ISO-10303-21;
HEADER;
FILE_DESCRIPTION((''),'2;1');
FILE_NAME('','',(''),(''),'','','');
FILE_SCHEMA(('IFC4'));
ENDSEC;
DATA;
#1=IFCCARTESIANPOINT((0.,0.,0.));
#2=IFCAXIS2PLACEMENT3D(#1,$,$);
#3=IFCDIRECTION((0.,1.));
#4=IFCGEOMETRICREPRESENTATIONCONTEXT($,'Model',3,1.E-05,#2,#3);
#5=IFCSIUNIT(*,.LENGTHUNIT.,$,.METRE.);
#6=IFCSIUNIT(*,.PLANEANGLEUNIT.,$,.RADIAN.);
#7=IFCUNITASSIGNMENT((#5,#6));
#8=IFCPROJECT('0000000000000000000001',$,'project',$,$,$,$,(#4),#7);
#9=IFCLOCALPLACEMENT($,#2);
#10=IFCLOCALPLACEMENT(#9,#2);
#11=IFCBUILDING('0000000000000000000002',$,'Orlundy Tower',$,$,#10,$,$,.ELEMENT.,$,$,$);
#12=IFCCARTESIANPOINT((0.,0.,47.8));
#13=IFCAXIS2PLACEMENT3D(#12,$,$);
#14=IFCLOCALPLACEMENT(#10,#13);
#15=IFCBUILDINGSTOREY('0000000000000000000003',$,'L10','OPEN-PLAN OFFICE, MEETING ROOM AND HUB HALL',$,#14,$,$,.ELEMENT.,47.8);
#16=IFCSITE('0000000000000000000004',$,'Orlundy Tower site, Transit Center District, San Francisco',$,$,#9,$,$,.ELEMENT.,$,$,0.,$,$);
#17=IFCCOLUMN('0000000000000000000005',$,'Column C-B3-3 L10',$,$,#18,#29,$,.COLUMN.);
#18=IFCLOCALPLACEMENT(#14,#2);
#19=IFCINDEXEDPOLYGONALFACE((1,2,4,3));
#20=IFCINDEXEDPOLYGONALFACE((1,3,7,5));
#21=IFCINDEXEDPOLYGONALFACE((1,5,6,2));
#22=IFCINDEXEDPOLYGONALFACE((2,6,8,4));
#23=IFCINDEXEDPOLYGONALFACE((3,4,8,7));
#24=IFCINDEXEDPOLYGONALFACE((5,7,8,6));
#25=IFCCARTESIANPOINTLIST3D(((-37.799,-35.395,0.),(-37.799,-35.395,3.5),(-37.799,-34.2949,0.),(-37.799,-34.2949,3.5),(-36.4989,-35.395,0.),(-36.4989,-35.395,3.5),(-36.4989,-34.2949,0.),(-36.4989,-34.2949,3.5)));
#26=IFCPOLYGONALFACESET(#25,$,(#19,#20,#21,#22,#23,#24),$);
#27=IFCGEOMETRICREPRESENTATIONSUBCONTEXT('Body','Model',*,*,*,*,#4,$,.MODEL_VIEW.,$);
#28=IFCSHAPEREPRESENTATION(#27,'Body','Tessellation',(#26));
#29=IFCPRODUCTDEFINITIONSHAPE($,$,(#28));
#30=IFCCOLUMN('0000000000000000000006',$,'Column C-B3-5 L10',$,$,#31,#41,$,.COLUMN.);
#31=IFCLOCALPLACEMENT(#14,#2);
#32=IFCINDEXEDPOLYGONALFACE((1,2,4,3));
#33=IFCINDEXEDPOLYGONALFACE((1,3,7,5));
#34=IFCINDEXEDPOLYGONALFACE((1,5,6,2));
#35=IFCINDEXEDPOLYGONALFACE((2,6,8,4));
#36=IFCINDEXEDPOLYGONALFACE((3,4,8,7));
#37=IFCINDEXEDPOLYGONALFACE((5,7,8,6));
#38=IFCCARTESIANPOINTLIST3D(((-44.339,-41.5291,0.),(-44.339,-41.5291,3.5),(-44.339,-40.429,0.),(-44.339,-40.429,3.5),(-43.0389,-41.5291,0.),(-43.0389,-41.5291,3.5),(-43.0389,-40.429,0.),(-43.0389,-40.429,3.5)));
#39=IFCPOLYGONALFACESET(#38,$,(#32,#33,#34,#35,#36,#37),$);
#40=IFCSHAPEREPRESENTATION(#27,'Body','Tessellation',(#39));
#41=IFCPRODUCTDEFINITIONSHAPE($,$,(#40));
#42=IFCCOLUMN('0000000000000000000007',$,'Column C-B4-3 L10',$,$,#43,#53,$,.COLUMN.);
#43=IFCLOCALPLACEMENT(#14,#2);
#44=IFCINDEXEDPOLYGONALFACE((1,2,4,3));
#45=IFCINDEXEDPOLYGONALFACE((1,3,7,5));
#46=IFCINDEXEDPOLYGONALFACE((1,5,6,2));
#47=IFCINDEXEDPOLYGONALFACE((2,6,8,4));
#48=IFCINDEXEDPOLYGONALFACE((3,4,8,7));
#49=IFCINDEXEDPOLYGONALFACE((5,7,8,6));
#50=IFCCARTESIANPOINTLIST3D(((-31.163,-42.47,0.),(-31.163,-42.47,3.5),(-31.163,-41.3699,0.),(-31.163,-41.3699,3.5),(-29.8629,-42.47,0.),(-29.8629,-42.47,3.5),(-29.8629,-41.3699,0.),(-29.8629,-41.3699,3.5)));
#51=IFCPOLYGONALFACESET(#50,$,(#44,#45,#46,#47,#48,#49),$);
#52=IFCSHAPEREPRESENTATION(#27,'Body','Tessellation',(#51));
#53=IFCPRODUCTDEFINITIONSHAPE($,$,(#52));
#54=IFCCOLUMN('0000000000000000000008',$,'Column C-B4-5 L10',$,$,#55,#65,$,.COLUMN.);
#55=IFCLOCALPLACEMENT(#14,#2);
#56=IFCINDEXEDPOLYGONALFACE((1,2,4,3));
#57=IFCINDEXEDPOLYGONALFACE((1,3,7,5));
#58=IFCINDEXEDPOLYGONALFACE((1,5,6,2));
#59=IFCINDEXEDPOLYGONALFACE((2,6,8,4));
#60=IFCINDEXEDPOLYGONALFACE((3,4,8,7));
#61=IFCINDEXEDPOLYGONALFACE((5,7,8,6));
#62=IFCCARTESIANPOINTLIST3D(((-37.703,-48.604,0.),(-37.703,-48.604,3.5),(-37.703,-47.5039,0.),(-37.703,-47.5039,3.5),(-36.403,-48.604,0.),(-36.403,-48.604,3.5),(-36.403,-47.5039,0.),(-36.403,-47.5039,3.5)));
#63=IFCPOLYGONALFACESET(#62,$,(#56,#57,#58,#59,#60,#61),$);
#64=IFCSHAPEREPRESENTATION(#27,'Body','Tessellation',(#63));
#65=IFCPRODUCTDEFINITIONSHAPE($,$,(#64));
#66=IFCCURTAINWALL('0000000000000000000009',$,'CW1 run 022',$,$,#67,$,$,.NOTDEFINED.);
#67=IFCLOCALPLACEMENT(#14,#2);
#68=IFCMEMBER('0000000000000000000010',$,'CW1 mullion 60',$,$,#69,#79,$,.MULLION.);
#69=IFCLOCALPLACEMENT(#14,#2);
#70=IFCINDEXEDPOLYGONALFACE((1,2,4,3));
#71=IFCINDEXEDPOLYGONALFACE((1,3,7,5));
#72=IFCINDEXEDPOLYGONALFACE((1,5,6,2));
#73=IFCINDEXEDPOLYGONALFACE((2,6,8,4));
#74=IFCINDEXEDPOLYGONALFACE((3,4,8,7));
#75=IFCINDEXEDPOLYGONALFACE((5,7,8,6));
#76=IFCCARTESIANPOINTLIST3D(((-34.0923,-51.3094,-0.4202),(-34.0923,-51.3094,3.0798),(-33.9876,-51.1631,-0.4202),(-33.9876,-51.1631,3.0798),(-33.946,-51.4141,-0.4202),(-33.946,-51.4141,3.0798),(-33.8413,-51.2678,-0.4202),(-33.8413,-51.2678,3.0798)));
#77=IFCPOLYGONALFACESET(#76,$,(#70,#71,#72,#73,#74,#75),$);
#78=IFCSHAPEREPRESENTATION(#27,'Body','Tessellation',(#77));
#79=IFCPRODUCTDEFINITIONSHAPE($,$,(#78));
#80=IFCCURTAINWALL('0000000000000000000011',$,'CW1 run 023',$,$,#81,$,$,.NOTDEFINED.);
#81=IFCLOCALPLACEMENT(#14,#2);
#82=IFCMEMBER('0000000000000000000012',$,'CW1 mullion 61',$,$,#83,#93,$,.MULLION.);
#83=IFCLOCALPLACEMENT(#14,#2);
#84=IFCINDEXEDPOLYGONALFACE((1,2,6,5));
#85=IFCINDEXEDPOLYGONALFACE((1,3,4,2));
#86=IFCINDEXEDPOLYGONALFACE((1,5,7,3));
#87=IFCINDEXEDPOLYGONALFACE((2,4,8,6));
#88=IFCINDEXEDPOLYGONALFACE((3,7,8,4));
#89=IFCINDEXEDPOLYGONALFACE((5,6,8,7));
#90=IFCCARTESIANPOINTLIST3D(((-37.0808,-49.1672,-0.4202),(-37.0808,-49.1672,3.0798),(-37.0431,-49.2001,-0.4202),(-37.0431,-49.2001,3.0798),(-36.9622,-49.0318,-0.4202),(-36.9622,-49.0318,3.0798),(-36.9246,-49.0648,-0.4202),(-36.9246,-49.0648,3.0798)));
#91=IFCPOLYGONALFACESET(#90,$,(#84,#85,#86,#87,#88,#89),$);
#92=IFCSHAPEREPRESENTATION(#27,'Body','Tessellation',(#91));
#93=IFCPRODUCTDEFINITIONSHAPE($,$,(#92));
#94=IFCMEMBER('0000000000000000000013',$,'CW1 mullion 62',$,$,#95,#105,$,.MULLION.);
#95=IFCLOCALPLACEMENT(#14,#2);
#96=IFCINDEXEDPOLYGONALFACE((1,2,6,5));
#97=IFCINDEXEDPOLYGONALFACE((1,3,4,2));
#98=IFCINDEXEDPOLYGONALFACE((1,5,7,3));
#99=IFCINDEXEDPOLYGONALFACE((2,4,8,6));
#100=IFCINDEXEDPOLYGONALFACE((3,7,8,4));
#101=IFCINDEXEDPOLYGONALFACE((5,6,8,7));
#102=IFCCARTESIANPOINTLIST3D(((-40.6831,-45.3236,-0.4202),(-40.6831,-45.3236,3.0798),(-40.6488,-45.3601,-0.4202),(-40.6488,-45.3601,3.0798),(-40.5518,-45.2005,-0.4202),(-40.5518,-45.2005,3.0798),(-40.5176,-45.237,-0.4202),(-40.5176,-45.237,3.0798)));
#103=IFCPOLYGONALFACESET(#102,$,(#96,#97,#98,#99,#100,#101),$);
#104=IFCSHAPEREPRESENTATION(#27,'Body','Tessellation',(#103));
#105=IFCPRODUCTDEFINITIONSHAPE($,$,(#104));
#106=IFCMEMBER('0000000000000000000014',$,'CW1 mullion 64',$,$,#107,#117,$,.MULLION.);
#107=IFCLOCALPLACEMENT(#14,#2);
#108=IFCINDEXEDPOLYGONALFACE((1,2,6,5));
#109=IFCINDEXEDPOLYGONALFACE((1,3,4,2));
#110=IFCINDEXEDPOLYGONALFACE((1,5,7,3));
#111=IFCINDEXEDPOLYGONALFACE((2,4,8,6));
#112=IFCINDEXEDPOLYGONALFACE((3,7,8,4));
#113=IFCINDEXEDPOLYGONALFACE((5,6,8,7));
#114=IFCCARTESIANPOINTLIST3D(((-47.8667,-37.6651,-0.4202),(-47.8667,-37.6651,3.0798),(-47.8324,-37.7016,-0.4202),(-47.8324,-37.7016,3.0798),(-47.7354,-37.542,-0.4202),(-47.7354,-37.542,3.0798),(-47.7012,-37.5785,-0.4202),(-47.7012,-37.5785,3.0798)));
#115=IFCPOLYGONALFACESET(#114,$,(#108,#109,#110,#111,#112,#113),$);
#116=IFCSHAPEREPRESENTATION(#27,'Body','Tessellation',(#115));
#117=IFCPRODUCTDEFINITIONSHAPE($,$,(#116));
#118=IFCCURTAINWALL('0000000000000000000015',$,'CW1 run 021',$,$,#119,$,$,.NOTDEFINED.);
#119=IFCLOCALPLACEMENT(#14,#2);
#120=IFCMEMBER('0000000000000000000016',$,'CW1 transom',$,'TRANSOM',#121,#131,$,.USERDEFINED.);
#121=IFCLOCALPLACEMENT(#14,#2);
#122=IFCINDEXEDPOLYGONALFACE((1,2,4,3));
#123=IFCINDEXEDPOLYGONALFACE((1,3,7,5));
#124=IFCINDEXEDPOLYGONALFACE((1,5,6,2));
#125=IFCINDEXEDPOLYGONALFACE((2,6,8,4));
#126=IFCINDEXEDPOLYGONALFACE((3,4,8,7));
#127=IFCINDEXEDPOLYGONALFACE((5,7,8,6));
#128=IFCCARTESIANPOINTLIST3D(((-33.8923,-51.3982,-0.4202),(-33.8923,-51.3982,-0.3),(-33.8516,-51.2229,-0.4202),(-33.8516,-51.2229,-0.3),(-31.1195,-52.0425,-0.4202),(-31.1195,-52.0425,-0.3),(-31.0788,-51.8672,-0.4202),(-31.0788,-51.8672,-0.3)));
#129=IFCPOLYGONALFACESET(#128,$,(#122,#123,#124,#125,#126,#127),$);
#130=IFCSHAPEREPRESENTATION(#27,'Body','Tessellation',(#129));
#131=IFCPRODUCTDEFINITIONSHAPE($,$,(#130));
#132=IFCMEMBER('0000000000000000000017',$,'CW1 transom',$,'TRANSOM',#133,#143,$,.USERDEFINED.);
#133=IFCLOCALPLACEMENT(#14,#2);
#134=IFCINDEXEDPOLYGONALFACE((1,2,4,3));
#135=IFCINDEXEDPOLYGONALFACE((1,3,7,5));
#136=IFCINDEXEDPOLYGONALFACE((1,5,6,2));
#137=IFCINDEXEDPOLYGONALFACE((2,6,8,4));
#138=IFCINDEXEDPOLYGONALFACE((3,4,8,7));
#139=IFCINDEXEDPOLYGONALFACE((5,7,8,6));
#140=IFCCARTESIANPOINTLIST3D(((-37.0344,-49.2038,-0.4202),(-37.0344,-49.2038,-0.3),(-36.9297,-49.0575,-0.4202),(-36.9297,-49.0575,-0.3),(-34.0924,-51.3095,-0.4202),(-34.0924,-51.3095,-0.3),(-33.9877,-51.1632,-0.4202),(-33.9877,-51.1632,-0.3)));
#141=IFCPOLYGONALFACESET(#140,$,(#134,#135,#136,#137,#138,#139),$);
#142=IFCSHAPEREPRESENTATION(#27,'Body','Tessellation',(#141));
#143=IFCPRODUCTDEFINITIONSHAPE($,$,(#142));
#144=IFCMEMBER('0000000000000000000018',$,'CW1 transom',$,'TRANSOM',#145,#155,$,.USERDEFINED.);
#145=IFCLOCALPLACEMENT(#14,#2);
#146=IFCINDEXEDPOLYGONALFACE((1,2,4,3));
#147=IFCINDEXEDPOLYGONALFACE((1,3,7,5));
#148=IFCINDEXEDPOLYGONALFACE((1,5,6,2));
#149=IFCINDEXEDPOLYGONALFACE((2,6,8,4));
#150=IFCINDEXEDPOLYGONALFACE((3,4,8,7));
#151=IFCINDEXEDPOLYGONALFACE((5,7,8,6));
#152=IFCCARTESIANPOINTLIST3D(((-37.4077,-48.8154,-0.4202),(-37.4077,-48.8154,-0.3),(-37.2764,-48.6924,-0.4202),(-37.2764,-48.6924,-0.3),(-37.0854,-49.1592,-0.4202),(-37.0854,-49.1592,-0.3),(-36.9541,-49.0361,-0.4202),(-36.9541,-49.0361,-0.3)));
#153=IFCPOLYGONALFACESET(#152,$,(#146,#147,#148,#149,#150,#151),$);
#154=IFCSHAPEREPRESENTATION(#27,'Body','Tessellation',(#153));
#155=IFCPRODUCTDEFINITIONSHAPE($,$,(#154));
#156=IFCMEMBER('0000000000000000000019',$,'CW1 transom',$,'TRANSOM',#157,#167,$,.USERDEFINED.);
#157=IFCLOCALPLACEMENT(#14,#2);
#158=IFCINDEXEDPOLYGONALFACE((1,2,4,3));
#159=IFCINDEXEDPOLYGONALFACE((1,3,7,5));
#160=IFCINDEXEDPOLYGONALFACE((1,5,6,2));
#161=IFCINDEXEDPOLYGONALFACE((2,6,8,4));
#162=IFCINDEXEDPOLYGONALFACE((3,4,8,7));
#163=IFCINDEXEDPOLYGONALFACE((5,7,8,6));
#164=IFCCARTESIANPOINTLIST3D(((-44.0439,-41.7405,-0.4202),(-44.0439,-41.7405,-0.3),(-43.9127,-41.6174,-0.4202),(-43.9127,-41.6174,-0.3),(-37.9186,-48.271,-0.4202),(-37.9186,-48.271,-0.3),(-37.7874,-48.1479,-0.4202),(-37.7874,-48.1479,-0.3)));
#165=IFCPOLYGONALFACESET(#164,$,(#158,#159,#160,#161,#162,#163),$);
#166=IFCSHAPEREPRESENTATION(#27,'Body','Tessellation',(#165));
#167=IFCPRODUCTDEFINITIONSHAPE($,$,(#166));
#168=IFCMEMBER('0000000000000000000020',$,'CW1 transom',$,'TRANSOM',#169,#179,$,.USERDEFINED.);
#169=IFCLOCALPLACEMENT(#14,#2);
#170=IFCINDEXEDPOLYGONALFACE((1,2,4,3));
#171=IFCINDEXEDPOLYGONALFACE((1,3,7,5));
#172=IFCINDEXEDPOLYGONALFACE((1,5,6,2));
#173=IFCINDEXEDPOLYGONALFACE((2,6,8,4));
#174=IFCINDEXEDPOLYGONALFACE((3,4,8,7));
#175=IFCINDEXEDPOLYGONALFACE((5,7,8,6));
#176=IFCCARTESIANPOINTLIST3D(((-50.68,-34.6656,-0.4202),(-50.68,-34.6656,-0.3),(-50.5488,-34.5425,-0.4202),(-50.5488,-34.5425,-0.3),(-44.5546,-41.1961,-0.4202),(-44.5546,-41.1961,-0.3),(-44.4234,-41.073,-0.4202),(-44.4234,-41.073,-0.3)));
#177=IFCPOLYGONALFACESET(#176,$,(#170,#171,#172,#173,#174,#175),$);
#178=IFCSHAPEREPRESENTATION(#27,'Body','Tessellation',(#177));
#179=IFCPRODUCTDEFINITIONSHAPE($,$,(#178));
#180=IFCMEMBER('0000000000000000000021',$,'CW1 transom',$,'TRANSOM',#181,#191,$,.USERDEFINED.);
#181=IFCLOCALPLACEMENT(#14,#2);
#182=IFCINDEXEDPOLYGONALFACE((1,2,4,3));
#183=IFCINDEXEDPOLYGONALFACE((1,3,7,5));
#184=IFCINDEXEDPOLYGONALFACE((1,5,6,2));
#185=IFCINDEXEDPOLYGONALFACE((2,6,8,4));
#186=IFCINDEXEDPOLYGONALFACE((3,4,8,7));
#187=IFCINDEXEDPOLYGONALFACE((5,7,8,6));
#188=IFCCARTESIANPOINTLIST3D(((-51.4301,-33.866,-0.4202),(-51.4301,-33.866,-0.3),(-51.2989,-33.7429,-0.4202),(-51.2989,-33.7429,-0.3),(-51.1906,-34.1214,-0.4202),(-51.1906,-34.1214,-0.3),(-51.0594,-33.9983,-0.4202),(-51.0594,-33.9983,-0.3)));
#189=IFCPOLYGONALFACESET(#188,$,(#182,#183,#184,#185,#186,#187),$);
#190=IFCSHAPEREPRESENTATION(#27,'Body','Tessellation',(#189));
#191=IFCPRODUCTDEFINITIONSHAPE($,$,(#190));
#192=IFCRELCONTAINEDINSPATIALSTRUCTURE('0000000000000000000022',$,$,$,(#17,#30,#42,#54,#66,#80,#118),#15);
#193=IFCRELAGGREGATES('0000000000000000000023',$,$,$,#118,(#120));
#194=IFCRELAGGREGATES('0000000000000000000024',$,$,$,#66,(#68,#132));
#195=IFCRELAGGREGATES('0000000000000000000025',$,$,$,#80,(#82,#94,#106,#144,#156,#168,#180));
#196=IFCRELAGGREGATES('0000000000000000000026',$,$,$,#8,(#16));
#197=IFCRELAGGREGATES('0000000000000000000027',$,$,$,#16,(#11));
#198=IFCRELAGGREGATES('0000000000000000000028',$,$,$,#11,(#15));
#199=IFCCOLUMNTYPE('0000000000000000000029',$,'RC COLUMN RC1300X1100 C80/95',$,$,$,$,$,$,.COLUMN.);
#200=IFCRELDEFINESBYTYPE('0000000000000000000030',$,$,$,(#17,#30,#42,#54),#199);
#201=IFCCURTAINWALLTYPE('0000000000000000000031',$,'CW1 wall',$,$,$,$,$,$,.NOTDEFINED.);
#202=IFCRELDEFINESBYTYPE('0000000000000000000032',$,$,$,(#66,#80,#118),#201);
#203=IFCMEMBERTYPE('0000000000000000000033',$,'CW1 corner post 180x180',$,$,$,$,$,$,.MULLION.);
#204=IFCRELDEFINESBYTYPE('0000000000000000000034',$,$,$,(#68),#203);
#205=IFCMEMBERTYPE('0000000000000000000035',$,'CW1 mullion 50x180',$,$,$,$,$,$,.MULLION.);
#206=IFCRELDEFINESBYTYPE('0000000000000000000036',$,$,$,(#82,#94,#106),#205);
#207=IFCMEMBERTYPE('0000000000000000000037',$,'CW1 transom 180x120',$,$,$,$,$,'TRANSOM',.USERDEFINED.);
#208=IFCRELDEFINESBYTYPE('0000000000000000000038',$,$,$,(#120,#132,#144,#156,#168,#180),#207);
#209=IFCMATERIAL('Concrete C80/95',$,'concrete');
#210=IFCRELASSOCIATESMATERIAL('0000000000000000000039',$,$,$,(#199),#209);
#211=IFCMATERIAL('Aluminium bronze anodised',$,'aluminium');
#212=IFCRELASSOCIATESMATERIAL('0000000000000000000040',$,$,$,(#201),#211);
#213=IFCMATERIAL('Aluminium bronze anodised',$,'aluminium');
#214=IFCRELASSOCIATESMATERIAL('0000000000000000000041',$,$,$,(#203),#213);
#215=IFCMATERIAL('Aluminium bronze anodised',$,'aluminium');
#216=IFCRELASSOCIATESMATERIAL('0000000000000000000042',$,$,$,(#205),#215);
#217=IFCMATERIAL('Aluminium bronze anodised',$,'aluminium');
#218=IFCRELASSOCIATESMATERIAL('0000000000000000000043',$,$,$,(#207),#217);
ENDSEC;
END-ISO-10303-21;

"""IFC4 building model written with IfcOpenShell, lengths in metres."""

from ifc_helpers import new_model, si_unit, direction, frame, origin, origin_2d, place, context, subcontext, project, spatial, rectangle, extrude, material, material_profile, profile_set, type_object, element, aggregate, save


model = new_model("IFC4")

# Units and contexts
model_context = context("Model", 3, precision=1e-05, world=origin(), true_north=direction((0.0, 1.0)))
body_context = subcontext(model_context, "Body", "Model", "MODEL_VIEW")
ifc_project = project(units=[si_unit("LENGTHUNIT", "METRE"), si_unit("PLANEANGLEUNIT", "RADIAN")], contexts=[model_context])

# Site, building, storey
site_placement = place(None, origin())
site = spatial("IfcSite", under=ifc_project, at=site_placement, Name="Orlundy Tower site, Transit Center District, San Francisco", CompositionType="ELEMENT", RefElevation=0.0)
building_placement = place(site_placement, origin())
building = spatial("IfcBuilding", under=site, at=building_placement, Name="Orlundy Tower", CompositionType="ELEMENT")
storey_placement = place(building_placement, frame((0.0, 0.0, 47.8)))
storey = spatial("IfcBuildingStorey", under=building, at=storey_placement, Name="L10", Description="OPEN-PLAN OFFICE, MEETING ROOM AND HUB HALL", CompositionType="ELEMENT", Elevation=47.8)

# Columns
ifc_material_1 = material(Name="Concrete C80/95", Category="concrete")
ifc_material_profile_1 = material_profile(ifc_material_1, rectangle(XDim=1.3, YDim=1.1001, at=origin_2d()), Name="RC1300X1100")
ifc_profile_set_1 = profile_set([ifc_material_profile_1], Name="Concrete C80/95")
column_type = type_object("IfcColumnType", Name="RC COLUMN RC1300X1100 C80/95", PredefinedType="COLUMN", material=ifc_profile_set_1)
for number, where, z_axis, x_axis, name in (
    (1, (-37.1489, -34.845, 0.0), (0.0, 0.0, 1.0), (1.0, 0.0, 0.0), "Column C-B3-3 L10"),
    (2, (-43.689, -40.979, 0.0), (0.0, 0.0, 1.0), (1.0, 0.0, 0.0), "Column C-B3-5 L10"),
    (3, (-30.5129, -41.9199, 0.0), (0.0, 0.0, 1.0), (1.0, 0.0, 0.0), "Column C-B4-3 L10"),
    (4, (-37.053, -48.054, 0.0), (0.0, 0.0, 1.0), (1.0, 0.0, 0.0), "Column C-B4-5 L10"),
):
    element("IfcColumn", number, at=place(storey_placement, frame(where, z_axis=z_axis, x_axis=x_axis)), inside=storey, type_object=column_type, Name=name, PredefinedType="COLUMN", context=body_context, shape_type="SweptSolid", body=[
        extrude(rectangle(XDim=1.3, YDim=1.1001, at=origin_2d()), origin(), (0.0, 0.0, 1.0), 3.5),
    ])

# Curtain wall, member
ifc_material_2 = material(Name="Aluminium bronze anodised", Category="aluminium")
curtain_wall_type = type_object("IfcCurtainWallType", Name="CW1 wall", PredefinedType="NOTDEFINED", material=ifc_material_2)
curtain_wall_1_placement = place(storey_placement, origin())
curtain_wall_1 = element("IfcCurtainWall", 5, at=curtain_wall_1_placement, inside=storey, type_object=curtain_wall_type, Name="CW1 run 022", PredefinedType="NOTDEFINED")
ifc_material_3 = material(Name="Aluminium bronze anodised", Category="aluminium")
ifc_material_profile_2 = material_profile(ifc_material_3, rectangle(XDim=0.1799, YDim=0.1799, at=origin_2d()), Name="CW1 corner post 180x180")
ifc_profile_set_2 = profile_set([ifc_material_profile_2], Name="Aluminium bronze anodised")
member_type_1 = type_object("IfcMemberType", Name="CW1 corner post 180x180", PredefinedType="MULLION", material=ifc_profile_set_2)
member_1_placement = place(storey_placement, frame((-33.9668, -51.2886, -0.4202), z_axis=(0.0, 0.0, 1.0), x_axis=(-0.581978, -0.813204, 0.0)))
member_1 = element("IfcMember", 6, at=member_1_placement, type_object=member_type_1, Name="CW1 mullion 60", PredefinedType="MULLION", context=body_context, shape_type="SweptSolid", body=[
    extrude(rectangle(XDim=0.1799, YDim=0.1799, at=origin_2d()), origin(), (0.0, 0.0, 1.0), 3.5),
])

# Curtain wall, members
curtain_wall_2_placement = place(storey_placement, origin())
curtain_wall_2 = element("IfcCurtainWall", 7, at=curtain_wall_2_placement, inside=storey, type_object=curtain_wall_type, Name="CW1 run 023", PredefinedType="NOTDEFINED")
ifc_material_4 = material(Name="Aluminium bronze anodised", Category="aluminium")
ifc_material_profile_3 = material_profile(ifc_material_4, rectangle(XDim=0.1799, YDim=0.05, at=origin_2d()), Name="CW1 mullion 50x180")
ifc_profile_set_3 = profile_set([ifc_material_profile_3], Name="Aluminium bronze anodised")
member_type_2 = type_object("IfcMemberType", Name="CW1 mullion 50x180", PredefinedType="MULLION", material=ifc_profile_set_3)
member_2_placement = place(storey_placement, frame((-37.0027, -49.116, -0.4202), z_axis=(0.0, 0.0, 1.0), x_axis=(-0.658839, -0.752284, 0.0)))
member_2 = element("IfcMember", 8, at=member_2_placement, type_object=member_type_2, Name="CW1 mullion 61", PredefinedType="MULLION", context=body_context, shape_type="SweptSolid", body=[
    extrude(rectangle(XDim=0.1799, YDim=0.05, at=origin_2d()), origin(), (0.0, 0.0, 1.0), 3.5),
])
member_3_placement = place(storey_placement, frame((-40.6003, -45.2803, -0.4202), z_axis=(0.0, 0.0, 1.0), x_axis=(-0.729363, -0.684126, 0.0)))
member_3 = element("IfcMember", 9, at=member_3_placement, type_object=member_type_2, Name="CW1 mullion 62", PredefinedType="MULLION", context=body_context, shape_type="SweptSolid", body=[
    extrude(rectangle(XDim=0.1799, YDim=0.05, at=origin_2d()), origin(), (0.0, 0.0, 1.0), 3.5),
])
member_4_placement = place(storey_placement, frame((-47.7839, -37.6218, -0.4202), z_axis=(0.0, 0.0, 1.0), x_axis=(-0.729363, -0.684126, 0.0)))
member_4 = element("IfcMember", 10, at=member_4_placement, type_object=member_type_2, Name="CW1 mullion 64", PredefinedType="MULLION", context=body_context, shape_type="SweptSolid", body=[
    extrude(rectangle(XDim=0.1799, YDim=0.05, at=origin_2d()), origin(), (0.0, 0.0, 1.0), 3.5),
])

# Curtain wall, member
curtain_wall_3_placement = place(storey_placement, origin())
curtain_wall_3 = element("IfcCurtainWall", 11, at=curtain_wall_3_placement, inside=storey, type_object=curtain_wall_type, Name="CW1 run 021", PredefinedType="NOTDEFINED")
ifc_material_5 = material(Name="Aluminium bronze anodised", Category="aluminium")
ifc_material_profile_4 = material_profile(ifc_material_5, rectangle(XDim=0.1799, YDim=0.1201, at=origin_2d()), Name="CW1 transom 180x120")
ifc_profile_set_4 = profile_set([ifc_material_profile_4], Name="Aluminium bronze anodised")
member_type_3 = type_object("IfcMemberType", Name="CW1 transom 180x120", ElementType="TRANSOM", PredefinedType="USERDEFINED", material=ifc_profile_set_4)
member_5_placement = place(storey_placement, frame((-31.0991, -51.9548, -0.3601), z_axis=(-0.974049, 0.226338, 0.0), x_axis=(-0.226338, -0.974049, 0.0)))
member_5 = element("IfcMember", 12, at=member_5_placement, type_object=member_type_3, Name="CW1 transom", ObjectType="TRANSOM", PredefinedType="USERDEFINED", context=body_context, shape_type="SweptSolid", body=[
    extrude(rectangle(XDim=0.1799, YDim=0.1201, at=origin_2d()), origin(), (0.0, 0.0, 1.0), 2.8467),
])

# Members
member_6_placement = place(storey_placement, frame((-34.04, -51.2363, -0.3601), z_axis=(-0.813186, 0.582004, 0.0), x_axis=(-0.582004, -0.813186, 0.0)))
member_6 = element("IfcMember", 13, at=member_6_placement, type_object=member_type_3, Name="CW1 transom", ObjectType="TRANSOM", PredefinedType="USERDEFINED", context=body_context, shape_type="SweptSolid", body=[
    extrude(rectangle(XDim=0.1799, YDim=0.1201, at=origin_2d()), origin(), (0.0, 0.0, 1.0), 3.6179),
])
member_7_placement = place(storey_placement, frame((-37.0198, -49.0977, -0.3601), z_axis=(-0.683941, 0.729537, 0.0), x_axis=(-0.729537, -0.683941, 0.0)))
member_7 = element("IfcMember", 14, at=member_7_placement, type_object=member_type_3, Name="CW1 transom", ObjectType="TRANSOM", PredefinedType="USERDEFINED", context=body_context, shape_type="SweptSolid", body=[
    extrude(rectangle(XDim=0.1799, YDim=0.1201, at=origin_2d()), origin(), (0.0, 0.0, 1.0), 0.4712),
])
member_8_placement = place(storey_placement, frame((-37.853, -48.2095, -0.3601), z_axis=(-0.684113, 0.729376, 0.0), x_axis=(-0.729376, -0.684113, 0.0)))
member_8 = element("IfcMember", 15, at=member_8_placement, type_object=member_type_3, Name="CW1 transom", ObjectType="TRANSOM", PredefinedType="USERDEFINED", context=body_context, shape_type="SweptSolid", body=[
    extrude(rectangle(XDim=0.1799, YDim=0.1201, at=origin_2d()), origin(), (0.0, 0.0, 1.0), 8.9536),
])
member_9_placement = place(storey_placement, frame((-44.489, -41.1345, -0.3601), z_axis=(-0.684127, 0.729363, 0.0), x_axis=(-0.729363, -0.684127, 0.0)))
member_9 = element("IfcMember", 16, at=member_9_placement, type_object=member_type_3, Name="CW1 transom", ObjectType="TRANSOM", PredefinedType="USERDEFINED", context=body_context, shape_type="SweptSolid", body=[
    extrude(rectangle(XDim=0.1799, YDim=0.1201, at=origin_2d()), origin(), (0.0, 0.0, 1.0), 8.9536),
])
member_10_placement = place(storey_placement, frame((-51.125, -34.0598, -0.3601), z_axis=(-0.68408, 0.729407, 0.0), x_axis=(-0.729407, -0.68408, 0.0)))
member_10 = element("IfcMember", 17, at=member_10_placement, type_object=member_type_3, Name="CW1 transom", ObjectType="TRANSOM", PredefinedType="USERDEFINED", context=body_context, shape_type="SweptSolid", body=[
    extrude(rectangle(XDim=0.1799, YDim=0.1201, at=origin_2d()), origin(), (0.0, 0.0, 1.0), 0.3501),
])

aggregate(curtain_wall_3, [member_5])
aggregate(curtain_wall_1, [member_1, member_6])
aggregate(curtain_wall_2, [member_2, member_3, member_4, member_7, member_8, member_9, member_10])

save(model, "model.ifc")
